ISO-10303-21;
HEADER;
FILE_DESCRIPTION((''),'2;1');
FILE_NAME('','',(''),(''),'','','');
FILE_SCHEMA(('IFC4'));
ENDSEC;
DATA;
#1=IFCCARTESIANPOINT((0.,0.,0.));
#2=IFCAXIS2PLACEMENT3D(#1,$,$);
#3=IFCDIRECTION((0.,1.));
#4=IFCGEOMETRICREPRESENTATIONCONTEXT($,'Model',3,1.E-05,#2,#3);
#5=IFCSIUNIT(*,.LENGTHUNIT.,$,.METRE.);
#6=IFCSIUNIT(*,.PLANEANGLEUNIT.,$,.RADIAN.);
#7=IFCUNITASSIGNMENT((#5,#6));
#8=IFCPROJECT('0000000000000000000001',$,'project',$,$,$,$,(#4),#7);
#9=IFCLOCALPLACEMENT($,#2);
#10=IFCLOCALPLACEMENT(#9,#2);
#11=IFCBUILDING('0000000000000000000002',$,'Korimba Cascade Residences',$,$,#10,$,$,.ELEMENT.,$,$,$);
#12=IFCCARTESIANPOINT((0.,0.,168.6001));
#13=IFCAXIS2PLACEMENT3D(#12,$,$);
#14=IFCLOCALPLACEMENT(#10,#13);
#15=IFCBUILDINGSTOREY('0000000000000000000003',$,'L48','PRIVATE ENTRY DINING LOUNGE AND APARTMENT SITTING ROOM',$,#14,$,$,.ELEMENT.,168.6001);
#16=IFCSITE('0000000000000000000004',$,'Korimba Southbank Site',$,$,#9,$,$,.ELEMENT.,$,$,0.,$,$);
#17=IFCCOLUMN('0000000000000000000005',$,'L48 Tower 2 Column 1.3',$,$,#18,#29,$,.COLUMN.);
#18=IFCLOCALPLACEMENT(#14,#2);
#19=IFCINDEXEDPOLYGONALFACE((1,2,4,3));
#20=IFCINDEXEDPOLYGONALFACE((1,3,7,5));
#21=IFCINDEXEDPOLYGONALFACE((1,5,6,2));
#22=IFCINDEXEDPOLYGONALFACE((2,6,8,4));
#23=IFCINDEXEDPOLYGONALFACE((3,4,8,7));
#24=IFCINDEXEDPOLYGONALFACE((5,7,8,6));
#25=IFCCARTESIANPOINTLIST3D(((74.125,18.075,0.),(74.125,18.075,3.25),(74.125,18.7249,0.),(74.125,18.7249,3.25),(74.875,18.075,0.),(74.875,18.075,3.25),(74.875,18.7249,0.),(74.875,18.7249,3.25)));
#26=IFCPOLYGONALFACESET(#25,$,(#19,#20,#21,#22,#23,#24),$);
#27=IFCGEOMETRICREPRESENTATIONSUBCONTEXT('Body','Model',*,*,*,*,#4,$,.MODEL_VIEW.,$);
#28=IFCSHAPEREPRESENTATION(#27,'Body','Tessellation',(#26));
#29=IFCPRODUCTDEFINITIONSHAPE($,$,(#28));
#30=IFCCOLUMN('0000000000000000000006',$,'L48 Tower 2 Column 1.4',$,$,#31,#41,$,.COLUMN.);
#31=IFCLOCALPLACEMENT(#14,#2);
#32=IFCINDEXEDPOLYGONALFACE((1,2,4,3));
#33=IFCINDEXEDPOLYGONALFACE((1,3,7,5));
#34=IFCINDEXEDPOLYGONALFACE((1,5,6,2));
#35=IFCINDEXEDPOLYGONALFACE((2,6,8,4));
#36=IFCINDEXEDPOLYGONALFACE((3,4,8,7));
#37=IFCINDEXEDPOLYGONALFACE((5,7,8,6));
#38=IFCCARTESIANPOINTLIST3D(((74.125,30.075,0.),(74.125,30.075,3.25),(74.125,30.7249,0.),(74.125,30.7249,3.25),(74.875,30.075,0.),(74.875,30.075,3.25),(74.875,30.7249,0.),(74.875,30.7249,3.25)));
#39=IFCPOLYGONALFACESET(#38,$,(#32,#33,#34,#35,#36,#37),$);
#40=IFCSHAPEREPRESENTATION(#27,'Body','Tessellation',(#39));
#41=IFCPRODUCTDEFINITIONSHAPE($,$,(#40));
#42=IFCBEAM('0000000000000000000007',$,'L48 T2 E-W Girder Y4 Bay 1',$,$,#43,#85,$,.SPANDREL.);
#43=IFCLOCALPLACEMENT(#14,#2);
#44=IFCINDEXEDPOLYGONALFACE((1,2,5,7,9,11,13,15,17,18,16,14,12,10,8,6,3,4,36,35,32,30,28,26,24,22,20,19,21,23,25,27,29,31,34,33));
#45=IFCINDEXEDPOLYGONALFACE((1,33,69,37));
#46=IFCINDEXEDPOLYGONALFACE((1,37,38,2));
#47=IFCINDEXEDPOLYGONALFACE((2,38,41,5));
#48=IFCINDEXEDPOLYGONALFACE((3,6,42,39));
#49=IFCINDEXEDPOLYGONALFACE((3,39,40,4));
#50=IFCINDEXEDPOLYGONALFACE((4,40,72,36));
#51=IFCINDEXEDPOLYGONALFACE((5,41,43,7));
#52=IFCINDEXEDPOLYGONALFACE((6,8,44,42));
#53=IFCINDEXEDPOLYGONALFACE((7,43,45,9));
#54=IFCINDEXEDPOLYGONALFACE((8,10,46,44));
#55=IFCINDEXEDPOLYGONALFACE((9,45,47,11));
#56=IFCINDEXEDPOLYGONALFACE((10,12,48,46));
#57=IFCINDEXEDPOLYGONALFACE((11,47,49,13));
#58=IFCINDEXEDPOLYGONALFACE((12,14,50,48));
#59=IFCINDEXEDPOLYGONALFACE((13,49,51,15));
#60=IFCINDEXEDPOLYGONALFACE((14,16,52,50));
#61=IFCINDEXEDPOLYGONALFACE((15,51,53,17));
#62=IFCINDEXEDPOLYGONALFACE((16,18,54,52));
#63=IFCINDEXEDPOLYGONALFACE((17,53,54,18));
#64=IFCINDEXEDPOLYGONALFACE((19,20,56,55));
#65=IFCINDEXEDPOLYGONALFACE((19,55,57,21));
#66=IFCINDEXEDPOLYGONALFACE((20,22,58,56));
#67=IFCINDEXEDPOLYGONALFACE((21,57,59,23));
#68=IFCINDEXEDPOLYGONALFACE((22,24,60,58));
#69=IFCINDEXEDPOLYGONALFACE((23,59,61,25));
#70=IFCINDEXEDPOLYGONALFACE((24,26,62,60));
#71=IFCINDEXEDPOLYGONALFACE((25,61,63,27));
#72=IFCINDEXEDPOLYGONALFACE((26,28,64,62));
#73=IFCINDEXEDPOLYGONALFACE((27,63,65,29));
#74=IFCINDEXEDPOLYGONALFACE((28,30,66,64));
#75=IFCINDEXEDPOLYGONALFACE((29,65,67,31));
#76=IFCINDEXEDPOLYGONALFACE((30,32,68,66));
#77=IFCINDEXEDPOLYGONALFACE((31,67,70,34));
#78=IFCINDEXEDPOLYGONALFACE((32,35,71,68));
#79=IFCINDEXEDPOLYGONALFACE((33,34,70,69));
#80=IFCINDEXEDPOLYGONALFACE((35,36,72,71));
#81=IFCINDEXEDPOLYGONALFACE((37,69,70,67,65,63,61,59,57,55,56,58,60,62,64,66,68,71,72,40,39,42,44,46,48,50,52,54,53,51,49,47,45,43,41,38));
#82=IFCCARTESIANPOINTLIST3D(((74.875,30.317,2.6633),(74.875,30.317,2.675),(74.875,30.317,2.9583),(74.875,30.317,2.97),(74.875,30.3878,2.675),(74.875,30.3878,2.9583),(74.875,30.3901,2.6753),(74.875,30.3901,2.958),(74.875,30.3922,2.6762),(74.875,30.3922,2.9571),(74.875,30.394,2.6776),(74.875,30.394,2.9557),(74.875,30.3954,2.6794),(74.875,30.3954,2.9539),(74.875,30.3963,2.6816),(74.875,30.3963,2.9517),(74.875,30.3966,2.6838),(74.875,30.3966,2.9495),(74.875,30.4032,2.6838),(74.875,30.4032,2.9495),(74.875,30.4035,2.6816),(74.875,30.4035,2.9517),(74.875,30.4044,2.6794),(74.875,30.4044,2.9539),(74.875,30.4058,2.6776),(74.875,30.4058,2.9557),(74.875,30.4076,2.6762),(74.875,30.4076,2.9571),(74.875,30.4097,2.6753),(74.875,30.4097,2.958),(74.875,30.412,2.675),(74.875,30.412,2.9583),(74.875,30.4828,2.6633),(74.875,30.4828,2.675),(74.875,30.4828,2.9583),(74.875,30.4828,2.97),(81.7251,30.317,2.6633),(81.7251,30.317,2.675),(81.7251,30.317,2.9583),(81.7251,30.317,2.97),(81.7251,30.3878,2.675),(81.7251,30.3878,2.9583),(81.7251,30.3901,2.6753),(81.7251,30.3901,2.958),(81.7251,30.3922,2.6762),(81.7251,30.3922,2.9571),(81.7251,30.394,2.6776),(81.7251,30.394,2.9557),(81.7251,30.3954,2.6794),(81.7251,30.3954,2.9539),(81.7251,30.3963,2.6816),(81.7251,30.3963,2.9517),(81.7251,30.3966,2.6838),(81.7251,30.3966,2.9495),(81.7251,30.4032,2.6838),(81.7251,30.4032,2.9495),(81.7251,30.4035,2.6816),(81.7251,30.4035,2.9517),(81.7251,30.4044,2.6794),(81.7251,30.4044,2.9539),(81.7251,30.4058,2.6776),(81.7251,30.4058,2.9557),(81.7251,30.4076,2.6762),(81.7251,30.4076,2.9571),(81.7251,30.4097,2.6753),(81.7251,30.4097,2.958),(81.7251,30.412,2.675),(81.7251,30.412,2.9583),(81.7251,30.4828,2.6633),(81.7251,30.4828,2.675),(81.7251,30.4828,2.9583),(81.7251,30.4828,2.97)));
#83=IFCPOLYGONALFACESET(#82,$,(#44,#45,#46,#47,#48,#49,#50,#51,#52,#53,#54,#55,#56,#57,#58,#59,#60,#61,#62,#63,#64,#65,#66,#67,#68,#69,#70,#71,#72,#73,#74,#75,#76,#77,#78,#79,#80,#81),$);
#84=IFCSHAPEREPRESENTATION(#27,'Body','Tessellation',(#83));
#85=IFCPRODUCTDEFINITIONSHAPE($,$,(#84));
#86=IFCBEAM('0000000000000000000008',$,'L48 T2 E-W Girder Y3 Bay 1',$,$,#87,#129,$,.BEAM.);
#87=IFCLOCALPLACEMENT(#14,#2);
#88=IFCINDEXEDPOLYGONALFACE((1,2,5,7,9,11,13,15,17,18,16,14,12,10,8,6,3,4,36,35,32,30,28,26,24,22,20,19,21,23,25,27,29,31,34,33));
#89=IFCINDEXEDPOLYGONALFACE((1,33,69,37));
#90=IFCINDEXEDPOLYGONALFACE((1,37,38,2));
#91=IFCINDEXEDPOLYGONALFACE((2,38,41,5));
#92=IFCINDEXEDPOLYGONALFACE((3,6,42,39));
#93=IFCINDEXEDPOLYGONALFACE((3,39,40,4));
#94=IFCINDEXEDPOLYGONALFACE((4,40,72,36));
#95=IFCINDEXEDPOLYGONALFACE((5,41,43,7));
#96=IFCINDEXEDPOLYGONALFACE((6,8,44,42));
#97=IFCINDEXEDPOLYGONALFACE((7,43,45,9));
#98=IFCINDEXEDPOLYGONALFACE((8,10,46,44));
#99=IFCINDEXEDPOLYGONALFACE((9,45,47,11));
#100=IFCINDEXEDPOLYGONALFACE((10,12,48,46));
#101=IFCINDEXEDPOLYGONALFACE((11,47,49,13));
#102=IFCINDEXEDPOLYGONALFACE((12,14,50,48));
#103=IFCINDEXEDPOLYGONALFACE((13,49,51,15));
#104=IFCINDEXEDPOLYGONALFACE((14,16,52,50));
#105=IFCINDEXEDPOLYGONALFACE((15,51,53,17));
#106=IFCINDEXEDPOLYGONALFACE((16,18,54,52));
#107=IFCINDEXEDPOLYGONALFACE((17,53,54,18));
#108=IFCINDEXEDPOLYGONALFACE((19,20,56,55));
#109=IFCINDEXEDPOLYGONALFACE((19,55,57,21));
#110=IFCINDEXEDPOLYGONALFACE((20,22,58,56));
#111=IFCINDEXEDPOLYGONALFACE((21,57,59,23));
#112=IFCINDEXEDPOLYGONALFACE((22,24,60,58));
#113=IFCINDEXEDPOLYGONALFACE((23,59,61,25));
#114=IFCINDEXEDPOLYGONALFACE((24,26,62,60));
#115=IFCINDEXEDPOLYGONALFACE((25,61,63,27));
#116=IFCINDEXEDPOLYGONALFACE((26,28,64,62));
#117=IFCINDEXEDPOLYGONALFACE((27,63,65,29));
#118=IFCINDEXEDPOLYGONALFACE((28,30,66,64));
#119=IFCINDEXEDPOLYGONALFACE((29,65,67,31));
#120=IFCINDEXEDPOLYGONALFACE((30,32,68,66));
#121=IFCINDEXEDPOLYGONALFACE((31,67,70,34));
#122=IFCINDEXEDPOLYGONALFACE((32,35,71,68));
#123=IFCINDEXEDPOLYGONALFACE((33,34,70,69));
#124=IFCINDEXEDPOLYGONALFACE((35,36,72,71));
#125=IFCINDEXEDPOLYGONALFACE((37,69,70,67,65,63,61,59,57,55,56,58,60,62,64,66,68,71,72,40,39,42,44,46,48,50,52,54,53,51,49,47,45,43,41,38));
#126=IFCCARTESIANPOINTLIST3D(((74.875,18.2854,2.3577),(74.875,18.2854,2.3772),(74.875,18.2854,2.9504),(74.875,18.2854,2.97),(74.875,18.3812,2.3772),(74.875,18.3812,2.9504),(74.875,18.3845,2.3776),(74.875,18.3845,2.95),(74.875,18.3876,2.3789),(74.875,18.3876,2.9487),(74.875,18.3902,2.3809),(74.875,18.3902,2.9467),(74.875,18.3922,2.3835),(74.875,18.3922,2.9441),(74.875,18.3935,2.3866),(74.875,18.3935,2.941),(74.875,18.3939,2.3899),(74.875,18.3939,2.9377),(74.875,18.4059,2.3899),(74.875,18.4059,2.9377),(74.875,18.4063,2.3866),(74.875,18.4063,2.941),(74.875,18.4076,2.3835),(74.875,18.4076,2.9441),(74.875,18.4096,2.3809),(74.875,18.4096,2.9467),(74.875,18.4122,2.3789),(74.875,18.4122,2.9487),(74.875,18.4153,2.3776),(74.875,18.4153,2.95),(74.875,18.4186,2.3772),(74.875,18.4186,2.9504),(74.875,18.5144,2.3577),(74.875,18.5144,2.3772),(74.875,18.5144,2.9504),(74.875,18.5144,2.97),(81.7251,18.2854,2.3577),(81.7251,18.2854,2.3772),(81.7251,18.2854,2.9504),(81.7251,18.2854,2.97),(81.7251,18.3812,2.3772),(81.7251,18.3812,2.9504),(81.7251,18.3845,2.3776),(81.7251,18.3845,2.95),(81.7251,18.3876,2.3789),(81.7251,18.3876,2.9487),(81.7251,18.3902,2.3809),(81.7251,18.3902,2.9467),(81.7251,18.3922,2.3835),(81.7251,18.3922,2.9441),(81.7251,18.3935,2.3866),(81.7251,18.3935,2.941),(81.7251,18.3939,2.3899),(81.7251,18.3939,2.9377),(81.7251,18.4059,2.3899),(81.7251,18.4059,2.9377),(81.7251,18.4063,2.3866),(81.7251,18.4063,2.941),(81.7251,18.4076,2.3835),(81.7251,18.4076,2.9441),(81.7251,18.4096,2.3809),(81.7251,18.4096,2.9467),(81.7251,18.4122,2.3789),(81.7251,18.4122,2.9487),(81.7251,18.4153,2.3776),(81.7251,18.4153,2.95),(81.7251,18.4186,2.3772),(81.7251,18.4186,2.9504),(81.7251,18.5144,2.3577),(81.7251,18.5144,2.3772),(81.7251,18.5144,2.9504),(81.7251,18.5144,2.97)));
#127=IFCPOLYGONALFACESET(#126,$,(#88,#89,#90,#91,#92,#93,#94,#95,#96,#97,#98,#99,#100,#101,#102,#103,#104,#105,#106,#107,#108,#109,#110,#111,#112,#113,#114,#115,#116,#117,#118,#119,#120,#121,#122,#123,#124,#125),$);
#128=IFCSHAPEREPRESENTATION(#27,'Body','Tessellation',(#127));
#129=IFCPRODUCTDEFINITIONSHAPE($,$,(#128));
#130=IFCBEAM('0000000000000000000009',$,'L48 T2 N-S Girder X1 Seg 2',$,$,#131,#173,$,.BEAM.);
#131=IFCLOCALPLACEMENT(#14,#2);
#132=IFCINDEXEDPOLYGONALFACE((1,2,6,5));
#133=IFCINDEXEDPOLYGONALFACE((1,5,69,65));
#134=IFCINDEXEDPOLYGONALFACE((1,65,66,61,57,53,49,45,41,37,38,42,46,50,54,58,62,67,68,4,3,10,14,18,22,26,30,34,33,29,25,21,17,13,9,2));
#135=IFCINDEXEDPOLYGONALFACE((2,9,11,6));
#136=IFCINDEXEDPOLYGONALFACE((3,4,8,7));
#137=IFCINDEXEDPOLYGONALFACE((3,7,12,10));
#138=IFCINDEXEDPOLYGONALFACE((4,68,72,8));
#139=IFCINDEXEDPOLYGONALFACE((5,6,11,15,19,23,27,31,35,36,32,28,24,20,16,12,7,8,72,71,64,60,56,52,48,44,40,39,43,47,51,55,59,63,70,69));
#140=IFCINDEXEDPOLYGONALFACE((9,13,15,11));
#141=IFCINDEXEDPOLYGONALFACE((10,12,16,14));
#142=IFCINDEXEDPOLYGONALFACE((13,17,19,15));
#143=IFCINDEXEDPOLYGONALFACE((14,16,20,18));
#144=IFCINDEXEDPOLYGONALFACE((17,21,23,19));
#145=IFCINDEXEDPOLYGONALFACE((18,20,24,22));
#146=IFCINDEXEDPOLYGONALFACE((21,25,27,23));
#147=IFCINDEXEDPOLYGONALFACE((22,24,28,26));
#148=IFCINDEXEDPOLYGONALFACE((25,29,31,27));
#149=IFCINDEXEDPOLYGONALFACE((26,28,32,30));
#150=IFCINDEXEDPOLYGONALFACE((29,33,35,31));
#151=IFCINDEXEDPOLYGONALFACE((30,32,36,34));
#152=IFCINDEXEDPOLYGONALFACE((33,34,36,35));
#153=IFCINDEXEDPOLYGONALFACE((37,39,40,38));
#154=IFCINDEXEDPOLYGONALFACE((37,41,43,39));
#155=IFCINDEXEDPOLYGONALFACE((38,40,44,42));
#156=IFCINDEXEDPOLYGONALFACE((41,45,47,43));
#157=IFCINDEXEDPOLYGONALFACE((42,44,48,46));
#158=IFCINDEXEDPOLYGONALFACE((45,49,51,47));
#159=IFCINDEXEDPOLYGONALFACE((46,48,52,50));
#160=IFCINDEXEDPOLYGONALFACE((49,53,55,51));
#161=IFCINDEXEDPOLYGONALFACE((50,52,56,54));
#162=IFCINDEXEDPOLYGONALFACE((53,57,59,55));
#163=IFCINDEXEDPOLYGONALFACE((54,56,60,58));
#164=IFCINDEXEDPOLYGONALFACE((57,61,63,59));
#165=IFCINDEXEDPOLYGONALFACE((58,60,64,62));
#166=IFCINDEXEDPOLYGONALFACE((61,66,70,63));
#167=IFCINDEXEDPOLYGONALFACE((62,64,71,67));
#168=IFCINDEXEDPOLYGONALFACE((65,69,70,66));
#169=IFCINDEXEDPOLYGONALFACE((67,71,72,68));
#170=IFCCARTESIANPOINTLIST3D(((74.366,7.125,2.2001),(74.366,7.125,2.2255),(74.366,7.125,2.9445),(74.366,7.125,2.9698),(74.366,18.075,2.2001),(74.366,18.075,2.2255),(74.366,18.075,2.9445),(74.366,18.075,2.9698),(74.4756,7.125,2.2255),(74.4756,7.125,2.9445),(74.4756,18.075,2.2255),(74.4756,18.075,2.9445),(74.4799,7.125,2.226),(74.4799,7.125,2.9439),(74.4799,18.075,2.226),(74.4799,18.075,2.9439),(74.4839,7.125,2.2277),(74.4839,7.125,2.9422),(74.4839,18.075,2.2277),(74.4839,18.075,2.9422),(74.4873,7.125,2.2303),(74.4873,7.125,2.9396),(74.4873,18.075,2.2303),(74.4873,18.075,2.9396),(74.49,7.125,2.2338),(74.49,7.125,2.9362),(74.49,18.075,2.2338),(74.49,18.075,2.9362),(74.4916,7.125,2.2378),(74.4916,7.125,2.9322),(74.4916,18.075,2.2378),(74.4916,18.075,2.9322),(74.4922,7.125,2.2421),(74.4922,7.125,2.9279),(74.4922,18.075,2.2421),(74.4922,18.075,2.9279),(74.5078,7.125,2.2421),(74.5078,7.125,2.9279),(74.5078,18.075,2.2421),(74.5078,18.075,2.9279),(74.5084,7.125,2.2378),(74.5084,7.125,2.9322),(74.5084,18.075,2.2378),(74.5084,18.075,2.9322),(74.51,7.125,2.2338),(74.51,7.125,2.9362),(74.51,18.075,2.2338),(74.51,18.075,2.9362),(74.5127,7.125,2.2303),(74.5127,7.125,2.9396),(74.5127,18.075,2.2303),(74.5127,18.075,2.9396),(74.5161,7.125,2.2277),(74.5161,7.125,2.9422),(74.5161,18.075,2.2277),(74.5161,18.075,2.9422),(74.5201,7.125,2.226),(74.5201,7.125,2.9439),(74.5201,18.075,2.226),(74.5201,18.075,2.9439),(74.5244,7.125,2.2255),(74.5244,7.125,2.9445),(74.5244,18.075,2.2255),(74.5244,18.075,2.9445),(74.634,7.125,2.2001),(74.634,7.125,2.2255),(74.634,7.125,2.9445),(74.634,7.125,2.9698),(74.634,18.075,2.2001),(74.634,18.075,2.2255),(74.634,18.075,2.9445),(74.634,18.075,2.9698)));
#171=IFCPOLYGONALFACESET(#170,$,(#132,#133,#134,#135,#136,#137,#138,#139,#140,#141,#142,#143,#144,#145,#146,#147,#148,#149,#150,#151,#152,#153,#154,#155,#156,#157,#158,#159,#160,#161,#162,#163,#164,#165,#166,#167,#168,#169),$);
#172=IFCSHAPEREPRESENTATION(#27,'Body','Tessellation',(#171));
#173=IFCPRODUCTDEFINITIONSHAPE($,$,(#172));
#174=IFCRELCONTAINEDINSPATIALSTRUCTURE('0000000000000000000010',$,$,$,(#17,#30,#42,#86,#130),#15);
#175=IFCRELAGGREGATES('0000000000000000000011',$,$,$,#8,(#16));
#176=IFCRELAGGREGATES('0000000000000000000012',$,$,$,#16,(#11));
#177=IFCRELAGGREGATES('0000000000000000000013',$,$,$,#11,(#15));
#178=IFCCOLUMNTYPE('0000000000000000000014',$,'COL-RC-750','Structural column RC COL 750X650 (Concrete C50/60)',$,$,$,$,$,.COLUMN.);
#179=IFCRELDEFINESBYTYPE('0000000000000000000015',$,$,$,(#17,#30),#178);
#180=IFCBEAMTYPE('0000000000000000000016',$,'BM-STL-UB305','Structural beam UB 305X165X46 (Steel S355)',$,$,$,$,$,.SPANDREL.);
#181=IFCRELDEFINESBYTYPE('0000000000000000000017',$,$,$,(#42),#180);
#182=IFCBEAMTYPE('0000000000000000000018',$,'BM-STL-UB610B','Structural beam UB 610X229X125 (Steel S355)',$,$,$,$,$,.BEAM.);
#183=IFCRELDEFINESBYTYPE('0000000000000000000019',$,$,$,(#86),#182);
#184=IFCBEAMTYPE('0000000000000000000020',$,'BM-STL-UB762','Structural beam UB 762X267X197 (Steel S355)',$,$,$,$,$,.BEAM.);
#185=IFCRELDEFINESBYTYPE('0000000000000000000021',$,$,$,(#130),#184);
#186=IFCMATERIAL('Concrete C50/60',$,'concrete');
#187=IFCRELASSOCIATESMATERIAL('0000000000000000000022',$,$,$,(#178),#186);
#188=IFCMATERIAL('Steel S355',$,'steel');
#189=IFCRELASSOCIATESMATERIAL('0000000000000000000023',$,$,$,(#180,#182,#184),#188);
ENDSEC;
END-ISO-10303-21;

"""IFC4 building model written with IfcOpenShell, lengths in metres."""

from ifc_helpers import new_model, si_unit, direction, frame, origin, origin_2d, place, context, subcontext, project, spatial, rectangle, i_section, extrude, material, material_profile, profile_set, type_object, element, save


model = new_model("IFC4")

# Units and contexts
model_context = context("Model", 3, precision=1e-05, world=origin(), true_north=direction((0.0, 1.0)))
body_context = subcontext(model_context, "Body", "Model", "MODEL_VIEW")
ifc_project = project(units=[si_unit("LENGTHUNIT", "METRE"), si_unit("PLANEANGLEUNIT", "RADIAN")], contexts=[model_context])

# Site, building, storey
site_placement = place(None, origin())
site = spatial("IfcSite", under=ifc_project, at=site_placement, Name="Korimba Southbank Site", CompositionType="ELEMENT", RefElevation=0.0)
building_placement = place(site_placement, origin())
building = spatial("IfcBuilding", under=site, at=building_placement, Name="Korimba Cascade Residences", CompositionType="ELEMENT")
storey_placement = place(building_placement, frame((0.0, 0.0, 168.6001)))
storey = spatial("IfcBuildingStorey", under=building, at=storey_placement, Name="L48", Description="PRIVATE ENTRY DINING LOUNGE AND APARTMENT SITTING ROOM", CompositionType="ELEMENT", Elevation=168.6001)

# Columns
ifc_material_1 = material(Name="Concrete C50/60", Category="concrete")
ifc_material_profile_1 = material_profile(ifc_material_1, rectangle(XDim=0.75, YDim=0.6499, at=origin_2d()), Name="Concrete C50/60")
ifc_profile_set_1 = profile_set([ifc_material_profile_1], Name="Concrete C50/60")
column_type = type_object("IfcColumnType", Name="COL-RC-750", Description="Structural column RC COL 750X650 (Concrete C50/60)", PredefinedType="COLUMN", material=ifc_profile_set_1)
for number, where, z_axis, x_axis, name in (
    (1, (74.5, 18.3999, 0.0), (0.0, 0.0, 1.0), (1.0, 0.0, 0.0), "L48 Tower 2 Column 1.3"),
    (2, (74.5, 30.3999, 0.0), (0.0, 0.0, 1.0), (1.0, 0.0, 0.0), "L48 Tower 2 Column 1.4"),
):
    element("IfcColumn", number, at=place(storey_placement, frame(where, z_axis=z_axis, x_axis=x_axis)), inside=storey, type_object=column_type, Name=name, PredefinedType="COLUMN", context=body_context, shape_type="SweptSolid", body=[
        extrude(rectangle(XDim=0.75, YDim=0.6499, at=origin_2d()), origin(), (0.0, 0.0, 1.0), 3.25),
    ])

# Beams
ifc_material_2 = material(Name="Steel S355", Category="steel")
ifc_material_profile_2 = material_profile(ifc_material_2, i_section(OverallWidth=0.1658, OverallDepth=0.3066, WebThickness=0.0066, FlangeThickness=0.0117, FilletRadius=0.0088, at=origin_2d()), Name="Steel S355")
ifc_profile_set_2 = profile_set([ifc_material_profile_2], Name="Steel S355")
beam_type_1 = type_object("IfcBeamType", Name="BM-STL-UB305", Description="Structural beam UB 305X165X46 (Steel S355)", PredefinedType="SPANDREL", material=ifc_profile_set_2)
beam_1_placement = place(storey_placement, frame((74.875, 30.3999, 2.8167), z_axis=(1.0, 0.0, 0.0), x_axis=(0.0, 1.0, 0.0)))
element("IfcBeam", 3, at=beam_1_placement, inside=storey, type_object=beam_type_1, Name="L48 T2 E-W Girder Y4 Bay 1", PredefinedType="SPANDREL", context=body_context, shape_type="SweptSolid", body=[
    extrude(i_section(OverallWidth=0.1658, OverallDepth=0.3066, WebThickness=0.0066, FlangeThickness=0.0117, FilletRadius=0.0088, at=origin_2d()), origin(), (0.0, 0.0, 1.0), 6.8501),
])
ifc_material_profile_3 = material_profile(ifc_material_2, i_section(OverallWidth=0.229, OverallDepth=0.6123, WebThickness=0.012, FlangeThickness=0.0195, FilletRadius=0.0127, at=origin_2d()), Name="Steel S355")
ifc_profile_set_3 = profile_set([ifc_material_profile_3], Name="Steel S355")
beam_type_2 = type_object("IfcBeamType", Name="BM-STL-UB610B", Description="Structural beam UB 610X229X125 (Steel S355)", PredefinedType="BEAM", material=ifc_profile_set_3)
beam_2_placement = place(storey_placement, frame((74.875, 18.3999, 2.6638), z_axis=(1.0, 0.0, 0.0), x_axis=(0.0, 1.0, 0.0)))
element("IfcBeam", 4, at=beam_2_placement, inside=storey, type_object=beam_type_2, Name="L48 T2 E-W Girder Y3 Bay 1", PredefinedType="BEAM", context=body_context, shape_type="SweptSolid", body=[
    extrude(i_section(OverallWidth=0.229, OverallDepth=0.6123, WebThickness=0.012, FlangeThickness=0.0195, FilletRadius=0.0127, at=origin_2d()), origin(), (0.0, 0.0, 1.0), 6.8501),
])
ifc_material_profile_4 = material_profile(ifc_material_2, i_section(OverallWidth=0.2681, OverallDepth=0.7698, WebThickness=0.0156, FlangeThickness=0.0254, FilletRadius=0.0166, at=origin_2d()), Name="Steel S355")
ifc_profile_set_4 = profile_set([ifc_material_profile_4], Name="Steel S355")
beam_type_3 = type_object("IfcBeamType", Name="BM-STL-UB762", Description="Structural beam UB 762X267X197 (Steel S355)", PredefinedType="BEAM", material=ifc_profile_set_4)
beam_3_placement = place(storey_placement, frame((74.5, 7.125, 2.585), z_axis=(0.0, 1.0, 0.0), x_axis=(-1.0, 0.0, 0.0)))
element("IfcBeam", 5, at=beam_3_placement, inside=storey, type_object=beam_type_3, Name="L48 T2 N-S Girder X1 Seg 2", PredefinedType="BEAM", context=body_context, shape_type="SweptSolid", body=[
    extrude(i_section(OverallWidth=0.2681, OverallDepth=0.7698, WebThickness=0.0156, FlangeThickness=0.0254, FilletRadius=0.0166, at=origin_2d()), origin(), (0.0, 0.0, 1.0), 10.95),
])

save(model, "model.ifc")
